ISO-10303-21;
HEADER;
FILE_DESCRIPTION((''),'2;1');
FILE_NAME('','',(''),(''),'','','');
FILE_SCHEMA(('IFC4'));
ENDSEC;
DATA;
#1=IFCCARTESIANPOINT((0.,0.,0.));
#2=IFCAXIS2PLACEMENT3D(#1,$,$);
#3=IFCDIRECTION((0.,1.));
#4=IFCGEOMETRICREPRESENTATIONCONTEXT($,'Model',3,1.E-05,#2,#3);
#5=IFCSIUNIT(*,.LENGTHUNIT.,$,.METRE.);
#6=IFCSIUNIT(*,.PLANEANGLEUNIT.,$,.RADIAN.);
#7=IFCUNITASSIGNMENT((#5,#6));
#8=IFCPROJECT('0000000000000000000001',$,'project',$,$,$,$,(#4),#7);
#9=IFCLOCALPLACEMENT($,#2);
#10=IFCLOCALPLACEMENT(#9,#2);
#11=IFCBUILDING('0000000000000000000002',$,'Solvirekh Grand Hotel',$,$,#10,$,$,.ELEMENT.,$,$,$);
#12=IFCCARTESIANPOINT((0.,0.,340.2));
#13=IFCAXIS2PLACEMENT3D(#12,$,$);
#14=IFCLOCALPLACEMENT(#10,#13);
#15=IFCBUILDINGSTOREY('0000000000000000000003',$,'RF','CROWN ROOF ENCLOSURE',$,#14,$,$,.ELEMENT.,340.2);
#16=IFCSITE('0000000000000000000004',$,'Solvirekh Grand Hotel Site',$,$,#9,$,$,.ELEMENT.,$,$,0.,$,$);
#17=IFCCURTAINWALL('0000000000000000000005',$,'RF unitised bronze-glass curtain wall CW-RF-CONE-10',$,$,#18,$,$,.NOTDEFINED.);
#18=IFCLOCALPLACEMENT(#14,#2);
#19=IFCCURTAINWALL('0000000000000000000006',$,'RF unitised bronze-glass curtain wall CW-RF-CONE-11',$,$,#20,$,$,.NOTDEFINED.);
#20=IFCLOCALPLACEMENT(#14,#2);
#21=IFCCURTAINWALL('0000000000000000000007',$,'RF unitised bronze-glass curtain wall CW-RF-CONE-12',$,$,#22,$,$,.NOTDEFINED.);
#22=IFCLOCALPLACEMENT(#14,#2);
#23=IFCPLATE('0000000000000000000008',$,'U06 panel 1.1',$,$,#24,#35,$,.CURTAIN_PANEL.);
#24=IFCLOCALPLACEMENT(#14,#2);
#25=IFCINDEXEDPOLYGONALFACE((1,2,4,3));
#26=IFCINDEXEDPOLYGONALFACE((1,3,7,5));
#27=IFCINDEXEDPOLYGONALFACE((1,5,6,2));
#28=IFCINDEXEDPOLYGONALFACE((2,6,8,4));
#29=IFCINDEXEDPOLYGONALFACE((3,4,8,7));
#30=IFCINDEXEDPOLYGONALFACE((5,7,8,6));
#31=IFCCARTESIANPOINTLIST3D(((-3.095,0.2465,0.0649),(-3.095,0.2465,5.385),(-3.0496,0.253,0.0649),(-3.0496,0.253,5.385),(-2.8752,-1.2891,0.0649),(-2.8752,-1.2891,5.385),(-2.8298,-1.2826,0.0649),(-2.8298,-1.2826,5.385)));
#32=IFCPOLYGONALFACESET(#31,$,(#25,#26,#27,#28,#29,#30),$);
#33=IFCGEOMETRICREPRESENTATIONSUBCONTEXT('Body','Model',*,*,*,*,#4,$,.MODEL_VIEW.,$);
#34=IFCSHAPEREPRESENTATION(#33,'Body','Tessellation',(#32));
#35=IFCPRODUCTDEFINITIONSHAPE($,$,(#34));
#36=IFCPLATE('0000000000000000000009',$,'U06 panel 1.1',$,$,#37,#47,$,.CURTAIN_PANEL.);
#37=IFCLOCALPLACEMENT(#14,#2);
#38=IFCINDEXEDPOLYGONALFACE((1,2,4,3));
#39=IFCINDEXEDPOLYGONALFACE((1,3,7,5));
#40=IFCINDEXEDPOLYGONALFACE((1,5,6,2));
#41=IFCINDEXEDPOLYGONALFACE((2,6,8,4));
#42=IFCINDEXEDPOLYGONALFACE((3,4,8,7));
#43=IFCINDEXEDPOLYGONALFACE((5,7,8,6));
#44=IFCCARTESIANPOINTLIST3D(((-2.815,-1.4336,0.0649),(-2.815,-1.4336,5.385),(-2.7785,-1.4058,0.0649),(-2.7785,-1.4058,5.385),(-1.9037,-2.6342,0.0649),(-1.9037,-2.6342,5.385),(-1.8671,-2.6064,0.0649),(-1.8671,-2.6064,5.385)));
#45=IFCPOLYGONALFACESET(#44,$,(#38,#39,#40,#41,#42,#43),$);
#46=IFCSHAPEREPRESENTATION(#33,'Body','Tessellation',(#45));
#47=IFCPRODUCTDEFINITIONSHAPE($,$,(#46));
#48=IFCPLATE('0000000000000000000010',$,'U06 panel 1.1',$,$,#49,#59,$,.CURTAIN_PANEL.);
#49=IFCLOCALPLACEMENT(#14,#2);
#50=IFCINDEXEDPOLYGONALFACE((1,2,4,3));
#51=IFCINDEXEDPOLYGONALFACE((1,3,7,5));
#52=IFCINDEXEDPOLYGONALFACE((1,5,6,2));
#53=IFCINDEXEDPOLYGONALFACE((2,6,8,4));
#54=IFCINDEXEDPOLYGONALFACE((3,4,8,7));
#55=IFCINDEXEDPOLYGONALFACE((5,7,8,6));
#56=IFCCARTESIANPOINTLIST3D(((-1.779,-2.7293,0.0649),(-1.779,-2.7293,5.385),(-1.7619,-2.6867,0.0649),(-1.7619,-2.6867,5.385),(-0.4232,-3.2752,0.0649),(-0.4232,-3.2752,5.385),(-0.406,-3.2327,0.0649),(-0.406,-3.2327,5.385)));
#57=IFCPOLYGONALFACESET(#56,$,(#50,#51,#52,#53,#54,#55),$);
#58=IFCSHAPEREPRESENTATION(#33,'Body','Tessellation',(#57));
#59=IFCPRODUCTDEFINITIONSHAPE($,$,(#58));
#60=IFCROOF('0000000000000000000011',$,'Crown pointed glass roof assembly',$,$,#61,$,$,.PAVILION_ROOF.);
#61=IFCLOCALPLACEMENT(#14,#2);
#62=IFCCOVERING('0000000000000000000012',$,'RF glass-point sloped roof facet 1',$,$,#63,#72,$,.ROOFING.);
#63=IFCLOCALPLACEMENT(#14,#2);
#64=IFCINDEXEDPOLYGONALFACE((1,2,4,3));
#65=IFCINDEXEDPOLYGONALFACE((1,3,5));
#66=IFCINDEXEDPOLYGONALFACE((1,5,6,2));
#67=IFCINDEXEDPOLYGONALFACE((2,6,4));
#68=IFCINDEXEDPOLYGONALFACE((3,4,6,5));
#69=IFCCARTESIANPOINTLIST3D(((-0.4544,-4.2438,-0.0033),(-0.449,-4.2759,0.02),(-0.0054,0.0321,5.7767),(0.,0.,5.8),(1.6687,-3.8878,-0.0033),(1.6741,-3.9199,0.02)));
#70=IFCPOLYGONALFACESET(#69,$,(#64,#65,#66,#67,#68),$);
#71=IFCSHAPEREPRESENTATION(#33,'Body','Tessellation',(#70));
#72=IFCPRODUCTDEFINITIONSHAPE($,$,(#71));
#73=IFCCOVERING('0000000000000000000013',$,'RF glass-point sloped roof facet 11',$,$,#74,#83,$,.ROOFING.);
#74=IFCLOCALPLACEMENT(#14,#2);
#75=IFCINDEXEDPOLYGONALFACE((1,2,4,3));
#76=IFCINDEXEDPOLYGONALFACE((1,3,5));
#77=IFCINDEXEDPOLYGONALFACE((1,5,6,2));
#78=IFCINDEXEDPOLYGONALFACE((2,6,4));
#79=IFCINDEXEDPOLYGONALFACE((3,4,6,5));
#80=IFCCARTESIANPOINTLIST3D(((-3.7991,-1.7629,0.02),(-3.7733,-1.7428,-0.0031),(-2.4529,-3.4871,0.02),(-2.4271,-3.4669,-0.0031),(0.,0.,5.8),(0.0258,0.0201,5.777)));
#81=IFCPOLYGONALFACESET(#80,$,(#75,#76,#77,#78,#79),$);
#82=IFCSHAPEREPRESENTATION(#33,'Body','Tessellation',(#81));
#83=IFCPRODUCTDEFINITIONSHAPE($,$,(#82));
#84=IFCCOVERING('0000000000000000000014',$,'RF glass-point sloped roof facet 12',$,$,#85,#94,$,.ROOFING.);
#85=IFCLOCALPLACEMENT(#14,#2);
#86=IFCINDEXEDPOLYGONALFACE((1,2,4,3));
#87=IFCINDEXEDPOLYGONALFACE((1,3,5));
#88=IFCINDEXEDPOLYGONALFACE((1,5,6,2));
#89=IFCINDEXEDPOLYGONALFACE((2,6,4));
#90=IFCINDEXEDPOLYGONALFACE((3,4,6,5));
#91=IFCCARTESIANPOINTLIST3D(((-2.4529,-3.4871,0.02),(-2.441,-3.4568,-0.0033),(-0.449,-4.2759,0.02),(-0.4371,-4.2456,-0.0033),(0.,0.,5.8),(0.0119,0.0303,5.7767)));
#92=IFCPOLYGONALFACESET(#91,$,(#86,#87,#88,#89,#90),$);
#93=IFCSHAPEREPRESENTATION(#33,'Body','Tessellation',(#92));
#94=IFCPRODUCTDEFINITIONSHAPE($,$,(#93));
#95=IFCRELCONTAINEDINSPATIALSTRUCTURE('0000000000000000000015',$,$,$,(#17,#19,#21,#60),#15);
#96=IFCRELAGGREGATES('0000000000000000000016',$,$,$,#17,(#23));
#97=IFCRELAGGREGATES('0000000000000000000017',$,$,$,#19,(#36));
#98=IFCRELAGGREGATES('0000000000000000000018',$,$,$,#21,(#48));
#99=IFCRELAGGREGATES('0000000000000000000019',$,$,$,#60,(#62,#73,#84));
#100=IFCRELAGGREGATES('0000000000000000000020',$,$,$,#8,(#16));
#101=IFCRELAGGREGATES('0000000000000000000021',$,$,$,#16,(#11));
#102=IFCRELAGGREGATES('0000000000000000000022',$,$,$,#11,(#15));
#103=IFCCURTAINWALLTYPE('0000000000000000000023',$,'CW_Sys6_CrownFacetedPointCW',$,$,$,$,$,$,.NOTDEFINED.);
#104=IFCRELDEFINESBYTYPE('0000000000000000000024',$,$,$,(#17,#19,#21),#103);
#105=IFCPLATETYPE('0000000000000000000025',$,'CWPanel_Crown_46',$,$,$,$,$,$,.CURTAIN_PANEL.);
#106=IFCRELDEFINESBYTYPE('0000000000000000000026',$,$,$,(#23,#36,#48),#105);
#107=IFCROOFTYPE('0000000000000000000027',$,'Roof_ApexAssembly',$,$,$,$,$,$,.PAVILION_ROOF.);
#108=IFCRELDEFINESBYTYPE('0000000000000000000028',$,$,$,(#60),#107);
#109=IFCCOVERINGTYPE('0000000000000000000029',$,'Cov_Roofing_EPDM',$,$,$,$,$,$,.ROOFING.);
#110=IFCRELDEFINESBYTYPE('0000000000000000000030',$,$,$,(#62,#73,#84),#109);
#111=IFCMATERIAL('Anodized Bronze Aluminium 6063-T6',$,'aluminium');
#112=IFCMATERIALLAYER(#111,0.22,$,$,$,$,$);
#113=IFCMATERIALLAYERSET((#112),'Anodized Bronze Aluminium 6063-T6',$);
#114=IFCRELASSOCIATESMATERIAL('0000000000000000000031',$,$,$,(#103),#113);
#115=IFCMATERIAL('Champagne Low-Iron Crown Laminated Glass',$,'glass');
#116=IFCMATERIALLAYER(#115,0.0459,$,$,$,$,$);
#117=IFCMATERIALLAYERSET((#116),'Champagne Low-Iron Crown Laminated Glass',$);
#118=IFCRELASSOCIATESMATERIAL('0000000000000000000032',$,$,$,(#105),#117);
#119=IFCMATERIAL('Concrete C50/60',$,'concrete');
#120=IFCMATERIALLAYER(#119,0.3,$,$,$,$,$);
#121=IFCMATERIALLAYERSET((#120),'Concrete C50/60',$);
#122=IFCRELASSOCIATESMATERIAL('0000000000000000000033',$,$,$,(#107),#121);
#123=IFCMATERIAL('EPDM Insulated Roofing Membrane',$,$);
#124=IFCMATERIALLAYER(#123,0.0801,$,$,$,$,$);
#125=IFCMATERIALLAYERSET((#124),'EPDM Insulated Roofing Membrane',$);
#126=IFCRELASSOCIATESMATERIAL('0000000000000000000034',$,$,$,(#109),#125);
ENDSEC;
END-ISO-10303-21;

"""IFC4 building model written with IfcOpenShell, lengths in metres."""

from ifc_helpers import new_model, si_unit, direction, frame, origin, origin_2d, place, context, subcontext, project, spatial, polyline, rectangle, outline, extrude, source, transform, mapped, material, layer, layer_set, type_object, element, aggregate, save


model = new_model("IFC4")

# Units and contexts
model_context = context("Model", 3, precision=1e-05, world=origin(), true_north=direction((0.0, 1.0)))
body_context = subcontext(model_context, "Body", "Model", "MODEL_VIEW")
ifc_project = project(units=[si_unit("LENGTHUNIT", "METRE"), si_unit("PLANEANGLEUNIT", "RADIAN")], contexts=[model_context])

# Site, building, storey
site_placement = place(None, origin())
site = spatial("IfcSite", under=ifc_project, at=site_placement, Name="Solvirekh Grand Hotel Site", CompositionType="ELEMENT", RefElevation=0.0)
building_placement = place(site_placement, origin())
building = spatial("IfcBuilding", under=site, at=building_placement, Name="Solvirekh Grand Hotel", CompositionType="ELEMENT")
storey_placement = place(building_placement, frame((0.0, 0.0, 340.2)))
storey = spatial("IfcBuildingStorey", under=building, at=storey_placement, Name="RF", Description="CROWN ROOF ENCLOSURE", CompositionType="ELEMENT", Elevation=340.2)

# Curtain wall
ifc_material_1 = material(Name="Anodized Bronze Aluminium 6063-T6", Category="aluminium")
ifc_layer_1 = layer(ifc_material_1, 0.22)
ifc_layer_set_1 = layer_set([ifc_layer_1], Name="Anodized Bronze Aluminium 6063-T6")
curtain_wall_type = type_object("IfcCurtainWallType", Name="CW_Sys6_CrownFacetedPointCW", PredefinedType="NOTDEFINED", material=ifc_layer_set_1)
curtain_wall_1_placement = place(storey_placement, origin())
curtain_wall_1 = element("IfcCurtainWall", 1, at=curtain_wall_1_placement, inside=storey, type_object=curtain_wall_type, Name="RF unitised bronze-glass curtain wall CW-RF-CONE-10", PredefinedType="NOTDEFINED")

# Curtain walls
curtain_wall_2_placement = place(storey_placement, origin())
curtain_wall_2 = element("IfcCurtainWall", 2, at=curtain_wall_2_placement, inside=storey, type_object=curtain_wall_type, Name="RF unitised bronze-glass curtain wall CW-RF-CONE-11", PredefinedType="NOTDEFINED")
curtain_wall_3_placement = place(storey_placement, origin())
curtain_wall_3 = element("IfcCurtainWall", 3, at=curtain_wall_3_placement, inside=storey, type_object=curtain_wall_type, Name="RF unitised bronze-glass curtain wall CW-RF-CONE-12", PredefinedType="NOTDEFINED")

# Shared definitions
ifc_material_2 = material(Name="Concrete C50/60", Category="concrete")

# Plates
ifc_material_3 = material(Name="Champagne Low-Iron Crown Laminated Glass", Category="glass")
ifc_layer_2 = layer(ifc_material_3, 0.0459)
ifc_layer_set_2 = layer_set([ifc_layer_2], Name="Champagne Low-Iron Crown Laminated Glass")
plate_type = type_object("IfcPlateType", Name="CWPanel_Crown_46", PredefinedType="CURTAIN_PANEL", material=ifc_layer_set_2)
shared_shape_1 = source(origin(), body_context, "Body", "SweptSolid", [
    extrude(rectangle(XDim=1.5513, YDim=0.0459, at=origin_2d()), origin(), (0.0, 0.0, 1.0), 5.3201),
])
plate_1_placement = place(storey_placement, frame((-2.9624, -0.5181, 0.0649), z_axis=(0.0, 0.0, 1.0), x_axis=(0.141668, -0.989914, 0.0)))
plate_1 = element("IfcPlate", 4, at=plate_1_placement, type_object=plate_type, Name="U06 panel 1.1", PredefinedType="CURTAIN_PANEL", context=body_context, shape_type="MappedRepresentation", body=[
    mapped(shared_shape_1, transform((0.0, 0.0, 0.0), x_axis=(1.0, 0.0, 0.0), y_axis=(0.0, 1.0, 0.0), z_axis=(0.0, 0.0, 1.0), scale=1.0)),
])
aggregate(curtain_wall_1, [plate_1])
shared_shape_2 = source(origin(), body_context, "Body", "SweptSolid", [
    extrude(rectangle(XDim=1.5073, YDim=0.0459, at=origin_2d()), origin(), (0.0, 0.0, 1.0), 5.3201),
])
plate_2_placement = place(storey_placement, frame((-2.3411, -2.02, 0.0649), z_axis=(0.0, 0.0, 1.0), x_axis=(0.604624, -0.796511, 0.0)))
plate_2 = element("IfcPlate", 5, at=plate_2_placement, type_object=plate_type, Name="U06 panel 1.1", PredefinedType="CURTAIN_PANEL", context=body_context, shape_type="MappedRepresentation", body=[
    mapped(shared_shape_2, transform((0.0, 0.0, 0.0), x_axis=(1.0, 0.0, 0.0), y_axis=(0.0, 1.0, 0.0), z_axis=(0.0, 0.0, 1.0), scale=1.0)),
])
aggregate(curtain_wall_2, [plate_2])
shared_shape_3 = source(origin(), body_context, "Body", "SweptSolid", [
    extrude(rectangle(XDim=1.4617, YDim=0.0459, at=origin_2d()), origin(), (0.0, 0.0, 1.0), 5.3201),
])
plate_3_placement = place(storey_placement, frame((-1.0925, -2.981, 0.0649), z_axis=(0.0, 0.0, 1.0), x_axis=(0.927618, -0.373529, 0.0)))
plate_3 = element("IfcPlate", 6, at=plate_3_placement, type_object=plate_type, Name="U06 panel 1.1", PredefinedType="CURTAIN_PANEL", context=body_context, shape_type="MappedRepresentation", body=[
    mapped(shared_shape_3, transform((0.0, 0.0, 0.0), x_axis=(1.0, 0.0, 0.0), y_axis=(0.0, 1.0, 0.0), z_axis=(0.0, 0.0, 1.0), scale=1.0)),
])
aggregate(curtain_wall_3, [plate_3])

# Roof, coverings
ifc_layer_3 = layer(ifc_material_2, 0.3)
ifc_layer_set_3 = layer_set([ifc_layer_3], Name="Concrete C50/60")
roof_type = type_object("IfcRoofType", Name="Roof_ApexAssembly", PredefinedType="PAVILION_ROOF", material=ifc_layer_set_3)
roof_placement = place(storey_placement, origin())
roof = element("IfcRoof", 7, at=roof_placement, inside=storey, type_object=roof_type, Name="Crown pointed glass roof assembly", PredefinedType="PAVILION_ROOF")
ifc_material_4 = material(Name="EPDM Insulated Roofing Membrane")
ifc_layer_4 = layer(ifc_material_4, 0.0801)
ifc_layer_set_4 = layer_set([ifc_layer_4], Name="EPDM Insulated Roofing Membrane")
covering_type = type_object("IfcCoveringType", Name="Cov_Roofing_EPDM", PredefinedType="ROOFING", material=ifc_layer_set_4)
covering_1_placement = place(storey_placement, frame((-0.449, -4.2759, 0.02), z_axis=(0.134399, -0.8016, 0.582558), x_axis=(0.986234, 0.165355, 0.0)))
covering_1 = element("IfcCovering", 8, at=covering_1_placement, type_object=covering_type, Name="RF glass-point sloped roof facet 1", PredefinedType="ROOFING", context=body_context, shape_type="SweptSolid", body=[
    extrude(outline(polyline([(0.0, 0.0), (2.1527, 0.0), (1.1498, 7.1114), (0.0, 0.0)])), origin(), (0.0, 0.0, -1.0), 0.04),
])
covering_2_placement = place(storey_placement, frame((-3.7991, -1.7629, 0.02), z_axis=(-0.643966, -0.502808, 0.576622), x_axis=(0.615423, -0.788197, 0.0)))
covering_2 = element("IfcCovering", 9, at=covering_2_placement, type_object=covering_type, Name="RF glass-point sloped roof facet 11", PredefinedType="ROOFING", context=body_context, shape_type="SweptSolid", body=[
    extrude(outline(polyline([(0.0, 0.0), (2.1874, 0.0), (0.9485, 7.0746), (0.0, 0.0)])), origin(), (0.0, 0.0, -1.0), 0.04),
])
covering_3_placement = place(storey_placement, frame((-2.4529, -3.4871, 0.02), z_axis=(-0.297702, -0.756278, 0.582595), x_axis=(0.930503, -0.366284, 0.0)))
covering_3 = element("IfcCovering", 10, at=covering_3_placement, type_object=covering_type, Name="RF glass-point sloped roof facet 12", PredefinedType="ROOFING", context=body_context, shape_type="SweptSolid", body=[
    extrude(outline(polyline([(0.0, 0.0), (2.1536, 0.0), (1.0052, 7.1116), (0.0, 0.0)])), origin(), (0.0, 0.0, -1.0), 0.04),
])
aggregate(roof, [covering_1, covering_2, covering_3])

save(model, "model.ifc")
